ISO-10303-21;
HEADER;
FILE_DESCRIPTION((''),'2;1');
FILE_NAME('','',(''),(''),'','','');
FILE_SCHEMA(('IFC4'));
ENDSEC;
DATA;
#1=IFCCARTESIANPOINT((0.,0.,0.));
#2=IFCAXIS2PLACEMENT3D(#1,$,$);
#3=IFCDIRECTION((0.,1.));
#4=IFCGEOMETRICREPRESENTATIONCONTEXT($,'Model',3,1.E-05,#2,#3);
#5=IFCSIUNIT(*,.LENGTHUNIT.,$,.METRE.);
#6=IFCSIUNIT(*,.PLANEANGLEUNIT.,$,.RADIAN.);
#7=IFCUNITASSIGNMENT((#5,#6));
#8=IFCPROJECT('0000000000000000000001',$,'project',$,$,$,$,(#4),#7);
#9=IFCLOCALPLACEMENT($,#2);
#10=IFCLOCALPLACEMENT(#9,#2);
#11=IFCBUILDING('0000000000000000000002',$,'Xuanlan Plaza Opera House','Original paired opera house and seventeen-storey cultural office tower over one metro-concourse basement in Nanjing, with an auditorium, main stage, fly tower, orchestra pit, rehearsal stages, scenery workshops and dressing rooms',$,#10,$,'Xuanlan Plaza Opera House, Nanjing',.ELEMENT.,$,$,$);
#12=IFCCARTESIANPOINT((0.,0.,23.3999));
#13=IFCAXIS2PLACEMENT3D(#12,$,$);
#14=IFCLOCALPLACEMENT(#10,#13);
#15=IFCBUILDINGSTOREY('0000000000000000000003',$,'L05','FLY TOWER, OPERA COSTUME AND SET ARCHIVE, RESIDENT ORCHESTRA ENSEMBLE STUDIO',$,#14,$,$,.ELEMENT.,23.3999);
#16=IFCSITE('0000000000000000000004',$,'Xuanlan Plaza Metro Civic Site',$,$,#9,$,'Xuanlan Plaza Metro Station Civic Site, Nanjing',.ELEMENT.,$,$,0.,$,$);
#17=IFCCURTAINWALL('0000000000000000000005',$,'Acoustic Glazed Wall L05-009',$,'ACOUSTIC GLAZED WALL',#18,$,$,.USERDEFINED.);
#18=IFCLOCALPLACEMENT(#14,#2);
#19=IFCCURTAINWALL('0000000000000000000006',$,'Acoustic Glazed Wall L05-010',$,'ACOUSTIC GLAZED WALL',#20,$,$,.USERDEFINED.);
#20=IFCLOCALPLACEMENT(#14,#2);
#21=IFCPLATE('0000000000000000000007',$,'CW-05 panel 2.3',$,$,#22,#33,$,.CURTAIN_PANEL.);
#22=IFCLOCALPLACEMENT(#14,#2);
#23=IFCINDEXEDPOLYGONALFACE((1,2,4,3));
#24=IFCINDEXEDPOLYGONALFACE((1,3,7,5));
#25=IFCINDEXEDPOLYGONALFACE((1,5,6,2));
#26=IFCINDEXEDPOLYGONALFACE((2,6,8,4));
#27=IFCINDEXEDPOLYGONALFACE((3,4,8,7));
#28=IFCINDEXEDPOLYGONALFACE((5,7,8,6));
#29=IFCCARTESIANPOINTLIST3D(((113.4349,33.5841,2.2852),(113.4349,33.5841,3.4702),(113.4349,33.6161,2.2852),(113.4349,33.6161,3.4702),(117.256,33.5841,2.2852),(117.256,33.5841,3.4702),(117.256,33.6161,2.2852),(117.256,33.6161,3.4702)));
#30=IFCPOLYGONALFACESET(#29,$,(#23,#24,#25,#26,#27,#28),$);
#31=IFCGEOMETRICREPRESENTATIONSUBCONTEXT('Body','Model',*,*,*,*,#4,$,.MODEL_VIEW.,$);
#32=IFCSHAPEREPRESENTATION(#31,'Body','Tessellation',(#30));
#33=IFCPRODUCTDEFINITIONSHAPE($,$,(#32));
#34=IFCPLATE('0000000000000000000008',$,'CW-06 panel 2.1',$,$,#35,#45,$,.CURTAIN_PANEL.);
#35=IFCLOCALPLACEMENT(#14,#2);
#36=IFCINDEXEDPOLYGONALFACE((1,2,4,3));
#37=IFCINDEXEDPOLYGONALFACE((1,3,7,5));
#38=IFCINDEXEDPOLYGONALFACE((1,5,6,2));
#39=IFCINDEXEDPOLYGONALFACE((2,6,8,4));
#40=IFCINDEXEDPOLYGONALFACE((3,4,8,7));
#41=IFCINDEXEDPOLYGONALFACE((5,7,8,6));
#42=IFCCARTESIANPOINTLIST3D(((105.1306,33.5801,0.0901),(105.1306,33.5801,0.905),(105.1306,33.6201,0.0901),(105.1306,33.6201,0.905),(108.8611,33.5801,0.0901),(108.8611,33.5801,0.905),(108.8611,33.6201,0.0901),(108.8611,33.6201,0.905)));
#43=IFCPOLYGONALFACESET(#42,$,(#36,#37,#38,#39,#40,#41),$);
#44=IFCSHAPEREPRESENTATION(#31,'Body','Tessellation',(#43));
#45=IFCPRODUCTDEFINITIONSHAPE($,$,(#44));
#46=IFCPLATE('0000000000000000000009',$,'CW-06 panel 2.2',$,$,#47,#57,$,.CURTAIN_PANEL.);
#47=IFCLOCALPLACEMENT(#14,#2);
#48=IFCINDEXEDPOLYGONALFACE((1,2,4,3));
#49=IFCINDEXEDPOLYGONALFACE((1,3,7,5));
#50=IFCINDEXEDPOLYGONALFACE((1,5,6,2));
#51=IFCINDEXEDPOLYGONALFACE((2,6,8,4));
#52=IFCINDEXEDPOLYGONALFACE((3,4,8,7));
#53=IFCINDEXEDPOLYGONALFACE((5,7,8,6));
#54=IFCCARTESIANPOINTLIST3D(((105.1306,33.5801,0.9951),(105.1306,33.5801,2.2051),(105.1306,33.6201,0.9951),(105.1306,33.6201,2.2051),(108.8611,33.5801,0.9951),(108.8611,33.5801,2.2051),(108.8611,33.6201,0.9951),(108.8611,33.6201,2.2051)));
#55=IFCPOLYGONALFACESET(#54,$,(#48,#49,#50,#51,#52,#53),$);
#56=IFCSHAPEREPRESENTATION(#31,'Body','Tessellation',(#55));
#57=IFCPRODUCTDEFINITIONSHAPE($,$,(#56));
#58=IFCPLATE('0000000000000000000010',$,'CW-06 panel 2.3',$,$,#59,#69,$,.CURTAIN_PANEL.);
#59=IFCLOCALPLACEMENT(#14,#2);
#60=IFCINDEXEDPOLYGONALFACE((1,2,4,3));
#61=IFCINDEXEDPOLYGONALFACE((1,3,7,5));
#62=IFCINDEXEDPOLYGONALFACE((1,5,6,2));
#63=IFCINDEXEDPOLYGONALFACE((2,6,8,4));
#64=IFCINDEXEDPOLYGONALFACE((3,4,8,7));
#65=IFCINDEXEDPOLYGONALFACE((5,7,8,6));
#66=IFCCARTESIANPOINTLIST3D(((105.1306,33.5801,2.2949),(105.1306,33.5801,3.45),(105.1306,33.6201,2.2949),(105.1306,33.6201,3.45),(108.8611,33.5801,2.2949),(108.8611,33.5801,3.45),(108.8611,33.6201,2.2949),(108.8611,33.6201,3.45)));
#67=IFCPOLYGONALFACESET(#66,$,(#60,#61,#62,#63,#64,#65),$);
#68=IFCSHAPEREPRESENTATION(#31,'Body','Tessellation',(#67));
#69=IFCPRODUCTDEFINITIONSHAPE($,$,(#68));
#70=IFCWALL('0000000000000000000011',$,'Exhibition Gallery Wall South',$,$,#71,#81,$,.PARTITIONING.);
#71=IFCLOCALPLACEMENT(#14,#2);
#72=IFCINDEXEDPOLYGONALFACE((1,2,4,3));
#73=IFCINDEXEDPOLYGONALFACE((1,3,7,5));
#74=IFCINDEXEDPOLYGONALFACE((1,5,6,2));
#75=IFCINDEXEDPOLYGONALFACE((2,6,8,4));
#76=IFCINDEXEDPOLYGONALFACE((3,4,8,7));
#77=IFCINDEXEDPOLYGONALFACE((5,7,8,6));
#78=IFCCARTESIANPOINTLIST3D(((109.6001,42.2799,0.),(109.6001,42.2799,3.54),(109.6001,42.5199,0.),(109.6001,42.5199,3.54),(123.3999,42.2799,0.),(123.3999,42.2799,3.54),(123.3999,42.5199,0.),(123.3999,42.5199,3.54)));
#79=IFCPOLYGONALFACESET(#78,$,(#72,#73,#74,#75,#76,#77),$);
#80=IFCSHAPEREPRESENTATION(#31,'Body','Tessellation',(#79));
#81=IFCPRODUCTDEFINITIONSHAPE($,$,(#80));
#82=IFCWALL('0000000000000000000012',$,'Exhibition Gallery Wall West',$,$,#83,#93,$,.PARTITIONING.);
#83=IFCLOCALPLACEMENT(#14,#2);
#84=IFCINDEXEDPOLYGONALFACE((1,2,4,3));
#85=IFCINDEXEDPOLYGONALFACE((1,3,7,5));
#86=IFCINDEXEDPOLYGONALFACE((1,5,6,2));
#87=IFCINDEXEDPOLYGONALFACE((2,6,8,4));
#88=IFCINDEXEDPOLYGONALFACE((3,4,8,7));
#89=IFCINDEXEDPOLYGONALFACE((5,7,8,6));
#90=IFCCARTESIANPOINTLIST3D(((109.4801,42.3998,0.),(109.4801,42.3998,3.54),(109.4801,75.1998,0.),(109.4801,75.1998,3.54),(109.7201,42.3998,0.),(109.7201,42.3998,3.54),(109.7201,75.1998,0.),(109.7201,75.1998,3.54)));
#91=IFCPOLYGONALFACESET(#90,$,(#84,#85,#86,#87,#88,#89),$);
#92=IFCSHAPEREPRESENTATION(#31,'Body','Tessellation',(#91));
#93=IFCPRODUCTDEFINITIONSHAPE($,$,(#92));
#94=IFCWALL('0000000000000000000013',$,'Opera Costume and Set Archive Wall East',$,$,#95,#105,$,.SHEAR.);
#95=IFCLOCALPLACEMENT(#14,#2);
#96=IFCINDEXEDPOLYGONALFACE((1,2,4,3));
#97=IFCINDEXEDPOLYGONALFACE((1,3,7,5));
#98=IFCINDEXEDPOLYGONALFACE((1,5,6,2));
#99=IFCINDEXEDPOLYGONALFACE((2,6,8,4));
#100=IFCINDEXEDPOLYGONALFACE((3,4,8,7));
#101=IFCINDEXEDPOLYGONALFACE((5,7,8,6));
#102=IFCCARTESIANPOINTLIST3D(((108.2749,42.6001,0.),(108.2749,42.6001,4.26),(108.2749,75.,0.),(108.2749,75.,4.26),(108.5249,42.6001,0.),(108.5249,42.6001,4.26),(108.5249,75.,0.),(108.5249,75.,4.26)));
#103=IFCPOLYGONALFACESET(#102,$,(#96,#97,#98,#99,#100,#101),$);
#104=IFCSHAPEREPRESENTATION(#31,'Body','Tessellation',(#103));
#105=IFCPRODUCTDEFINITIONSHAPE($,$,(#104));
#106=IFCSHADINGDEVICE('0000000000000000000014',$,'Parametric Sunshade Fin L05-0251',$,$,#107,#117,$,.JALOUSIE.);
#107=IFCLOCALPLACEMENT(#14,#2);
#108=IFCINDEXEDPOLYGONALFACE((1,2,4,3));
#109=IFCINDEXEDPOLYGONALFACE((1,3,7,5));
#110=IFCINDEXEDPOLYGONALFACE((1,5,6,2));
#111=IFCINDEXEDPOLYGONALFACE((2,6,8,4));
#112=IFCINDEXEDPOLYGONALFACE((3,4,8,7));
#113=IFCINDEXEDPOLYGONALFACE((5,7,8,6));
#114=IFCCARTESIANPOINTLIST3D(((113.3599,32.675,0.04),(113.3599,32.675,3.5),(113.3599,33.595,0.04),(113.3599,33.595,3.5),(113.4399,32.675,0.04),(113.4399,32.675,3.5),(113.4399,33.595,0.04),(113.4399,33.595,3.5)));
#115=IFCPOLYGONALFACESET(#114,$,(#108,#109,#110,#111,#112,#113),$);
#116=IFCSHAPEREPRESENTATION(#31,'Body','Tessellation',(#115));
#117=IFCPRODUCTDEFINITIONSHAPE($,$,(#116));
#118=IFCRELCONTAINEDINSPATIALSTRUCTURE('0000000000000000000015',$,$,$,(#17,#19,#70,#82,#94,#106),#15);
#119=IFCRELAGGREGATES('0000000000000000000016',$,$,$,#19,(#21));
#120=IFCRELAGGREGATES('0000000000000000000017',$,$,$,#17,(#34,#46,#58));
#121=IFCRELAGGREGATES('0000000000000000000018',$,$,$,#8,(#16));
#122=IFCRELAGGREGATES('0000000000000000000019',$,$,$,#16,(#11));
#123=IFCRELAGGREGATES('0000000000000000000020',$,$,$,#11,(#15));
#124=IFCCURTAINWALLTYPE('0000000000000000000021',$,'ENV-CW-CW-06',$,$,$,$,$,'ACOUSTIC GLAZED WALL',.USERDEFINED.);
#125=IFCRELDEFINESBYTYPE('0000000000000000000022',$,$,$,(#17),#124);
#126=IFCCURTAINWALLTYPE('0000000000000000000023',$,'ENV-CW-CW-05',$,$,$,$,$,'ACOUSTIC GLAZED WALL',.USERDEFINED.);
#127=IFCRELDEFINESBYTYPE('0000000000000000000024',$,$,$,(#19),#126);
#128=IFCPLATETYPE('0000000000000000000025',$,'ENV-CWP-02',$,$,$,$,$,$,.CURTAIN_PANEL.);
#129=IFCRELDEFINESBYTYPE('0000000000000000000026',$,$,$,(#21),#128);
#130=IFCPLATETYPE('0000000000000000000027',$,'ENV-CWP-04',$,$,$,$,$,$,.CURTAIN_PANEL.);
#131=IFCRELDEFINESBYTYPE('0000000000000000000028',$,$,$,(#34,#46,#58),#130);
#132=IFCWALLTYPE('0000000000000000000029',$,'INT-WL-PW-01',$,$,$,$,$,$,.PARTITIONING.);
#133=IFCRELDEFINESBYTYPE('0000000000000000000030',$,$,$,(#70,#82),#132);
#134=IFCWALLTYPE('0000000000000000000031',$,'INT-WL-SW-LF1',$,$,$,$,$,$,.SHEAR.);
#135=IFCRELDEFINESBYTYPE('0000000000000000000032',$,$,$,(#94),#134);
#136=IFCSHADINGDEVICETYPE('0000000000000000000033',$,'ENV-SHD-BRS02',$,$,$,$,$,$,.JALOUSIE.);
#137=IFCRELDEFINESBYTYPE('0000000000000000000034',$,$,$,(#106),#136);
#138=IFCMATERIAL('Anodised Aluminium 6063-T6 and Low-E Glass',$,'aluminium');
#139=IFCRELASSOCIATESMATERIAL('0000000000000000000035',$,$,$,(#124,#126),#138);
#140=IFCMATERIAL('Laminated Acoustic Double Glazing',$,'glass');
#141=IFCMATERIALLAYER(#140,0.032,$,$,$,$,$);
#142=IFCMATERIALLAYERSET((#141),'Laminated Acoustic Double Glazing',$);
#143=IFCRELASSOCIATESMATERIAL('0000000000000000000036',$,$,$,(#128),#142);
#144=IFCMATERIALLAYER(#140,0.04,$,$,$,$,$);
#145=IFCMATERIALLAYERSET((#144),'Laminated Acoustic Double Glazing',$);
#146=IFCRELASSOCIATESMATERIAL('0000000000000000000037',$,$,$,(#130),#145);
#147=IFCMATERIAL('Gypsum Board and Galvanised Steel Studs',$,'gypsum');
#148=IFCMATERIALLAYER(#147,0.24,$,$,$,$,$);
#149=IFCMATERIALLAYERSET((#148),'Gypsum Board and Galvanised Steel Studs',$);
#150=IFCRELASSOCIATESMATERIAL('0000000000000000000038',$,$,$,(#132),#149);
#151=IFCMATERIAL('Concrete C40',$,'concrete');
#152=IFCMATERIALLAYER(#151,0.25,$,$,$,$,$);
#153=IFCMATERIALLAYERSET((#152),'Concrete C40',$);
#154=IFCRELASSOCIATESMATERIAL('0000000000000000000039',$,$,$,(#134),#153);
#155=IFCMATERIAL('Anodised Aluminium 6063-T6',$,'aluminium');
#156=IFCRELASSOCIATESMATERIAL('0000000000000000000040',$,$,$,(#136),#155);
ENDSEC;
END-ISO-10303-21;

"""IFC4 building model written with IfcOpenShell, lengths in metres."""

from ifc_helpers import new_model, si_unit, direction, frame, frame_2d, origin, origin_2d, place, context, subcontext, project, spatial, rectangle, extrude, material, layer, layer_set, type_object, element, aggregate, save


model = new_model("IFC4")

# Units and contexts
model_context = context("Model", 3, precision=1e-05, world=origin(), true_north=direction((0.0, 1.0)))
body_context = subcontext(model_context, "Body", "Model", "MODEL_VIEW")
ifc_project = project(units=[si_unit("LENGTHUNIT", "METRE"), si_unit("PLANEANGLEUNIT", "RADIAN")], contexts=[model_context])

# Site, building, storey
site_placement = place(None, origin())
site = spatial("IfcSite", under=ifc_project, at=site_placement, Name="Xuanlan Plaza Metro Civic Site", LongName="Xuanlan Plaza Metro Station Civic Site, Nanjing", CompositionType="ELEMENT", RefElevation=0.0)
building_placement = place(site_placement, origin())
building = spatial("IfcBuilding", under=site, at=building_placement, Name="Xuanlan Plaza Opera House", Description="Original paired opera house and seventeen-storey cultural office tower over one metro-concourse basement in Nanjing, with an auditorium, main stage, fly tower, orchestra pit, rehearsal stages, scenery workshops and dressing rooms", LongName="Xuanlan Plaza Opera House, Nanjing", CompositionType="ELEMENT")
storey_placement = place(building_placement, frame((0.0, 0.0, 23.3999)))
storey = spatial("IfcBuildingStorey", under=building, at=storey_placement, Name="L05", Description="FLY TOWER, OPERA COSTUME AND SET ARCHIVE, RESIDENT ORCHESTRA ENSEMBLE STUDIO", CompositionType="ELEMENT", Elevation=23.3999)

# Curtain wall
ifc_material_1 = material(Name="Anodised Aluminium 6063-T6 and Low-E Glass", Category="aluminium")
curtain_wall_type_1 = type_object("IfcCurtainWallType", Name="ENV-CW-CW-06", ElementType="ACOUSTIC GLAZED WALL", PredefinedType="USERDEFINED", material=ifc_material_1)
curtain_wall_1_placement = place(storey_placement, origin())
curtain_wall_1 = element("IfcCurtainWall", 1, at=curtain_wall_1_placement, inside=storey, type_object=curtain_wall_type_1, Name="Acoustic Glazed Wall L05-009", ObjectType="ACOUSTIC GLAZED WALL", PredefinedType="USERDEFINED")
ifc_material_2 = material(Name="Anodised Aluminium 6063-T6", Category="aluminium")

# Curtain wall
curtain_wall_type_2 = type_object("IfcCurtainWallType", Name="ENV-CW-CW-05", ElementType="ACOUSTIC GLAZED WALL", PredefinedType="USERDEFINED", material=ifc_material_1)
curtain_wall_2_placement = place(storey_placement, origin())
curtain_wall_2 = element("IfcCurtainWall", 2, at=curtain_wall_2_placement, inside=storey, type_object=curtain_wall_type_2, Name="Acoustic Glazed Wall L05-010", ObjectType="ACOUSTIC GLAZED WALL", PredefinedType="USERDEFINED")

# Shared definitions
ifc_material_3 = material(Name="Concrete C40", Category="concrete")

# Plates
ifc_material_4 = material(Name="Laminated Acoustic Double Glazing", Category="glass")
ifc_layer_1 = layer(ifc_material_4, 0.032)
ifc_layer_set_1 = layer_set([ifc_layer_1], Name="Laminated Acoustic Double Glazing")
plate_type_1 = type_object("IfcPlateType", Name="ENV-CWP-02", PredefinedType="CURTAIN_PANEL", material=ifc_layer_set_1)
plate_1_placement = place(storey_placement, frame((115.3455, 33.6001, 2.2852), z_axis=(0.0, 0.0, 1.0), x_axis=(1.0, 0.0, 0.0)))
plate_1 = element("IfcPlate", 3, at=plate_1_placement, type_object=plate_type_1, Name="CW-05 panel 2.3", PredefinedType="CURTAIN_PANEL", context=body_context, shape_type="SweptSolid", body=[
    extrude(rectangle(XDim=3.821, YDim=0.032, at=origin_2d()), origin(), (0.0, 0.0, 1.0), 1.1851),
])
aggregate(curtain_wall_2, [plate_1])
ifc_layer_2 = layer(ifc_material_4, 0.04)
ifc_layer_set_2 = layer_set([ifc_layer_2], Name="Laminated Acoustic Double Glazing")
plate_type_2 = type_object("IfcPlateType", Name="ENV-CWP-04", PredefinedType="CURTAIN_PANEL", material=ifc_layer_set_2)
plate_2_placement = place(storey_placement, frame((106.9958, 33.6001, 0.0901), z_axis=(0.0, 0.0, 1.0), x_axis=(1.0, 0.0, 0.0)))
plate_2 = element("IfcPlate", 4, at=plate_2_placement, type_object=plate_type_2, Name="CW-06 panel 2.1", PredefinedType="CURTAIN_PANEL", context=body_context, shape_type="SweptSolid", body=[
    extrude(rectangle(XDim=3.7305, YDim=0.04, at=origin_2d()), origin(), (0.0, 0.0, 1.0), 0.8149),
])
plate_3_placement = place(storey_placement, frame((106.9958, 33.6001, 0.9951), z_axis=(0.0, 0.0, 1.0), x_axis=(1.0, 0.0, 0.0)))
plate_3 = element("IfcPlate", 5, at=plate_3_placement, type_object=plate_type_2, Name="CW-06 panel 2.2", PredefinedType="CURTAIN_PANEL", context=body_context, shape_type="SweptSolid", body=[
    extrude(rectangle(XDim=3.7305, YDim=0.04, at=origin_2d()), origin(), (0.0, 0.0, 1.0), 1.21),
])
plate_4_placement = place(storey_placement, frame((106.9958, 33.6001, 2.2949), z_axis=(0.0, 0.0, 1.0), x_axis=(1.0, 0.0, 0.0)))
plate_4 = element("IfcPlate", 6, at=plate_4_placement, type_object=plate_type_2, Name="CW-06 panel 2.3", PredefinedType="CURTAIN_PANEL", context=body_context, shape_type="SweptSolid", body=[
    extrude(rectangle(XDim=3.7305, YDim=0.04, at=origin_2d()), origin(), (0.0, 0.0, 1.0), 1.155),
])
aggregate(curtain_wall_1, [plate_2, plate_3, plate_4])

# Walls
ifc_material_5 = material(Name="Gypsum Board and Galvanised Steel Studs", Category="gypsum")
ifc_layer_3 = layer(ifc_material_5, 0.24)
ifc_layer_set_3 = layer_set([ifc_layer_3], Name="Gypsum Board and Galvanised Steel Studs")
wall_type_1 = type_object("IfcWallType", Name="INT-WL-PW-01", PredefinedType="PARTITIONING", material=ifc_layer_set_3)
wall_1_placement = place(storey_placement, frame((109.6001, 42.3999, 0.0), z_axis=(0.0, 0.0, 1.0), x_axis=(1.0, 0.0, 0.0)))
element("IfcWall", 7, at=wall_1_placement, inside=storey, type_object=wall_type_1, Name="Exhibition Gallery Wall South", PredefinedType="PARTITIONING", context=body_context, shape_type="SweptSolid", body=[
    extrude(rectangle(XDim=13.7998, YDim=0.24, at=frame_2d((6.8999, 0.0))), origin(), (0.0, 0.0, 1.0), 3.54),
])
wall_2_placement = place(storey_placement, frame((109.6001, 42.3999, 0.0), z_axis=(0.0, 0.0, 1.0), x_axis=(0.0, 1.0, 0.0)))
element("IfcWall", 8, at=wall_2_placement, inside=storey, type_object=wall_type_1, Name="Exhibition Gallery Wall West", PredefinedType="PARTITIONING", context=body_context, shape_type="SweptSolid", body=[
    extrude(rectangle(XDim=32.8, YDim=0.24, at=frame_2d((16.3999, 0.0))), origin(), (0.0, 0.0, 1.0), 3.54),
])
ifc_layer_4 = layer(ifc_material_3, 0.25)
ifc_layer_set_4 = layer_set([ifc_layer_4], Name="Concrete C40")
wall_type_2 = type_object("IfcWallType", Name="INT-WL-SW-LF1", PredefinedType="SHEAR", material=ifc_layer_set_4)
wall_3_placement = place(storey_placement, frame((108.3999, 42.6001, 0.0), z_axis=(0.0, 0.0, 1.0), x_axis=(0.0, 1.0, 0.0)))
element("IfcWall", 9, at=wall_3_placement, inside=storey, type_object=wall_type_2, Name="Opera Costume and Set Archive Wall East", PredefinedType="SHEAR", context=body_context, shape_type="SweptSolid", body=[
    extrude(rectangle(XDim=32.3999, YDim=0.25, at=frame_2d((16.2, 0.0))), origin(), (0.0, 0.0, 1.0), 4.26),
])

# Shading device
shading_device_type = type_object("IfcShadingDeviceType", Name="ENV-SHD-BRS02", PredefinedType="JALOUSIE", material=ifc_material_2)
shading_device_placement = place(storey_placement, frame((113.3999, 33.135, 0.04), z_axis=(0.0, 0.0, 1.0), x_axis=(0.0, -1.0, 0.0)))
element("IfcShadingDevice", 10, at=shading_device_placement, inside=storey, type_object=shading_device_type, Name="Parametric Sunshade Fin L05-0251", PredefinedType="JALOUSIE", context=body_context, shape_type="SweptSolid", body=[
    extrude(rectangle(XDim=0.9199, YDim=0.0801, at=origin_2d()), origin(), (0.0, 0.0, 1.0), 3.46),
])

save(model, "model.ifc")
